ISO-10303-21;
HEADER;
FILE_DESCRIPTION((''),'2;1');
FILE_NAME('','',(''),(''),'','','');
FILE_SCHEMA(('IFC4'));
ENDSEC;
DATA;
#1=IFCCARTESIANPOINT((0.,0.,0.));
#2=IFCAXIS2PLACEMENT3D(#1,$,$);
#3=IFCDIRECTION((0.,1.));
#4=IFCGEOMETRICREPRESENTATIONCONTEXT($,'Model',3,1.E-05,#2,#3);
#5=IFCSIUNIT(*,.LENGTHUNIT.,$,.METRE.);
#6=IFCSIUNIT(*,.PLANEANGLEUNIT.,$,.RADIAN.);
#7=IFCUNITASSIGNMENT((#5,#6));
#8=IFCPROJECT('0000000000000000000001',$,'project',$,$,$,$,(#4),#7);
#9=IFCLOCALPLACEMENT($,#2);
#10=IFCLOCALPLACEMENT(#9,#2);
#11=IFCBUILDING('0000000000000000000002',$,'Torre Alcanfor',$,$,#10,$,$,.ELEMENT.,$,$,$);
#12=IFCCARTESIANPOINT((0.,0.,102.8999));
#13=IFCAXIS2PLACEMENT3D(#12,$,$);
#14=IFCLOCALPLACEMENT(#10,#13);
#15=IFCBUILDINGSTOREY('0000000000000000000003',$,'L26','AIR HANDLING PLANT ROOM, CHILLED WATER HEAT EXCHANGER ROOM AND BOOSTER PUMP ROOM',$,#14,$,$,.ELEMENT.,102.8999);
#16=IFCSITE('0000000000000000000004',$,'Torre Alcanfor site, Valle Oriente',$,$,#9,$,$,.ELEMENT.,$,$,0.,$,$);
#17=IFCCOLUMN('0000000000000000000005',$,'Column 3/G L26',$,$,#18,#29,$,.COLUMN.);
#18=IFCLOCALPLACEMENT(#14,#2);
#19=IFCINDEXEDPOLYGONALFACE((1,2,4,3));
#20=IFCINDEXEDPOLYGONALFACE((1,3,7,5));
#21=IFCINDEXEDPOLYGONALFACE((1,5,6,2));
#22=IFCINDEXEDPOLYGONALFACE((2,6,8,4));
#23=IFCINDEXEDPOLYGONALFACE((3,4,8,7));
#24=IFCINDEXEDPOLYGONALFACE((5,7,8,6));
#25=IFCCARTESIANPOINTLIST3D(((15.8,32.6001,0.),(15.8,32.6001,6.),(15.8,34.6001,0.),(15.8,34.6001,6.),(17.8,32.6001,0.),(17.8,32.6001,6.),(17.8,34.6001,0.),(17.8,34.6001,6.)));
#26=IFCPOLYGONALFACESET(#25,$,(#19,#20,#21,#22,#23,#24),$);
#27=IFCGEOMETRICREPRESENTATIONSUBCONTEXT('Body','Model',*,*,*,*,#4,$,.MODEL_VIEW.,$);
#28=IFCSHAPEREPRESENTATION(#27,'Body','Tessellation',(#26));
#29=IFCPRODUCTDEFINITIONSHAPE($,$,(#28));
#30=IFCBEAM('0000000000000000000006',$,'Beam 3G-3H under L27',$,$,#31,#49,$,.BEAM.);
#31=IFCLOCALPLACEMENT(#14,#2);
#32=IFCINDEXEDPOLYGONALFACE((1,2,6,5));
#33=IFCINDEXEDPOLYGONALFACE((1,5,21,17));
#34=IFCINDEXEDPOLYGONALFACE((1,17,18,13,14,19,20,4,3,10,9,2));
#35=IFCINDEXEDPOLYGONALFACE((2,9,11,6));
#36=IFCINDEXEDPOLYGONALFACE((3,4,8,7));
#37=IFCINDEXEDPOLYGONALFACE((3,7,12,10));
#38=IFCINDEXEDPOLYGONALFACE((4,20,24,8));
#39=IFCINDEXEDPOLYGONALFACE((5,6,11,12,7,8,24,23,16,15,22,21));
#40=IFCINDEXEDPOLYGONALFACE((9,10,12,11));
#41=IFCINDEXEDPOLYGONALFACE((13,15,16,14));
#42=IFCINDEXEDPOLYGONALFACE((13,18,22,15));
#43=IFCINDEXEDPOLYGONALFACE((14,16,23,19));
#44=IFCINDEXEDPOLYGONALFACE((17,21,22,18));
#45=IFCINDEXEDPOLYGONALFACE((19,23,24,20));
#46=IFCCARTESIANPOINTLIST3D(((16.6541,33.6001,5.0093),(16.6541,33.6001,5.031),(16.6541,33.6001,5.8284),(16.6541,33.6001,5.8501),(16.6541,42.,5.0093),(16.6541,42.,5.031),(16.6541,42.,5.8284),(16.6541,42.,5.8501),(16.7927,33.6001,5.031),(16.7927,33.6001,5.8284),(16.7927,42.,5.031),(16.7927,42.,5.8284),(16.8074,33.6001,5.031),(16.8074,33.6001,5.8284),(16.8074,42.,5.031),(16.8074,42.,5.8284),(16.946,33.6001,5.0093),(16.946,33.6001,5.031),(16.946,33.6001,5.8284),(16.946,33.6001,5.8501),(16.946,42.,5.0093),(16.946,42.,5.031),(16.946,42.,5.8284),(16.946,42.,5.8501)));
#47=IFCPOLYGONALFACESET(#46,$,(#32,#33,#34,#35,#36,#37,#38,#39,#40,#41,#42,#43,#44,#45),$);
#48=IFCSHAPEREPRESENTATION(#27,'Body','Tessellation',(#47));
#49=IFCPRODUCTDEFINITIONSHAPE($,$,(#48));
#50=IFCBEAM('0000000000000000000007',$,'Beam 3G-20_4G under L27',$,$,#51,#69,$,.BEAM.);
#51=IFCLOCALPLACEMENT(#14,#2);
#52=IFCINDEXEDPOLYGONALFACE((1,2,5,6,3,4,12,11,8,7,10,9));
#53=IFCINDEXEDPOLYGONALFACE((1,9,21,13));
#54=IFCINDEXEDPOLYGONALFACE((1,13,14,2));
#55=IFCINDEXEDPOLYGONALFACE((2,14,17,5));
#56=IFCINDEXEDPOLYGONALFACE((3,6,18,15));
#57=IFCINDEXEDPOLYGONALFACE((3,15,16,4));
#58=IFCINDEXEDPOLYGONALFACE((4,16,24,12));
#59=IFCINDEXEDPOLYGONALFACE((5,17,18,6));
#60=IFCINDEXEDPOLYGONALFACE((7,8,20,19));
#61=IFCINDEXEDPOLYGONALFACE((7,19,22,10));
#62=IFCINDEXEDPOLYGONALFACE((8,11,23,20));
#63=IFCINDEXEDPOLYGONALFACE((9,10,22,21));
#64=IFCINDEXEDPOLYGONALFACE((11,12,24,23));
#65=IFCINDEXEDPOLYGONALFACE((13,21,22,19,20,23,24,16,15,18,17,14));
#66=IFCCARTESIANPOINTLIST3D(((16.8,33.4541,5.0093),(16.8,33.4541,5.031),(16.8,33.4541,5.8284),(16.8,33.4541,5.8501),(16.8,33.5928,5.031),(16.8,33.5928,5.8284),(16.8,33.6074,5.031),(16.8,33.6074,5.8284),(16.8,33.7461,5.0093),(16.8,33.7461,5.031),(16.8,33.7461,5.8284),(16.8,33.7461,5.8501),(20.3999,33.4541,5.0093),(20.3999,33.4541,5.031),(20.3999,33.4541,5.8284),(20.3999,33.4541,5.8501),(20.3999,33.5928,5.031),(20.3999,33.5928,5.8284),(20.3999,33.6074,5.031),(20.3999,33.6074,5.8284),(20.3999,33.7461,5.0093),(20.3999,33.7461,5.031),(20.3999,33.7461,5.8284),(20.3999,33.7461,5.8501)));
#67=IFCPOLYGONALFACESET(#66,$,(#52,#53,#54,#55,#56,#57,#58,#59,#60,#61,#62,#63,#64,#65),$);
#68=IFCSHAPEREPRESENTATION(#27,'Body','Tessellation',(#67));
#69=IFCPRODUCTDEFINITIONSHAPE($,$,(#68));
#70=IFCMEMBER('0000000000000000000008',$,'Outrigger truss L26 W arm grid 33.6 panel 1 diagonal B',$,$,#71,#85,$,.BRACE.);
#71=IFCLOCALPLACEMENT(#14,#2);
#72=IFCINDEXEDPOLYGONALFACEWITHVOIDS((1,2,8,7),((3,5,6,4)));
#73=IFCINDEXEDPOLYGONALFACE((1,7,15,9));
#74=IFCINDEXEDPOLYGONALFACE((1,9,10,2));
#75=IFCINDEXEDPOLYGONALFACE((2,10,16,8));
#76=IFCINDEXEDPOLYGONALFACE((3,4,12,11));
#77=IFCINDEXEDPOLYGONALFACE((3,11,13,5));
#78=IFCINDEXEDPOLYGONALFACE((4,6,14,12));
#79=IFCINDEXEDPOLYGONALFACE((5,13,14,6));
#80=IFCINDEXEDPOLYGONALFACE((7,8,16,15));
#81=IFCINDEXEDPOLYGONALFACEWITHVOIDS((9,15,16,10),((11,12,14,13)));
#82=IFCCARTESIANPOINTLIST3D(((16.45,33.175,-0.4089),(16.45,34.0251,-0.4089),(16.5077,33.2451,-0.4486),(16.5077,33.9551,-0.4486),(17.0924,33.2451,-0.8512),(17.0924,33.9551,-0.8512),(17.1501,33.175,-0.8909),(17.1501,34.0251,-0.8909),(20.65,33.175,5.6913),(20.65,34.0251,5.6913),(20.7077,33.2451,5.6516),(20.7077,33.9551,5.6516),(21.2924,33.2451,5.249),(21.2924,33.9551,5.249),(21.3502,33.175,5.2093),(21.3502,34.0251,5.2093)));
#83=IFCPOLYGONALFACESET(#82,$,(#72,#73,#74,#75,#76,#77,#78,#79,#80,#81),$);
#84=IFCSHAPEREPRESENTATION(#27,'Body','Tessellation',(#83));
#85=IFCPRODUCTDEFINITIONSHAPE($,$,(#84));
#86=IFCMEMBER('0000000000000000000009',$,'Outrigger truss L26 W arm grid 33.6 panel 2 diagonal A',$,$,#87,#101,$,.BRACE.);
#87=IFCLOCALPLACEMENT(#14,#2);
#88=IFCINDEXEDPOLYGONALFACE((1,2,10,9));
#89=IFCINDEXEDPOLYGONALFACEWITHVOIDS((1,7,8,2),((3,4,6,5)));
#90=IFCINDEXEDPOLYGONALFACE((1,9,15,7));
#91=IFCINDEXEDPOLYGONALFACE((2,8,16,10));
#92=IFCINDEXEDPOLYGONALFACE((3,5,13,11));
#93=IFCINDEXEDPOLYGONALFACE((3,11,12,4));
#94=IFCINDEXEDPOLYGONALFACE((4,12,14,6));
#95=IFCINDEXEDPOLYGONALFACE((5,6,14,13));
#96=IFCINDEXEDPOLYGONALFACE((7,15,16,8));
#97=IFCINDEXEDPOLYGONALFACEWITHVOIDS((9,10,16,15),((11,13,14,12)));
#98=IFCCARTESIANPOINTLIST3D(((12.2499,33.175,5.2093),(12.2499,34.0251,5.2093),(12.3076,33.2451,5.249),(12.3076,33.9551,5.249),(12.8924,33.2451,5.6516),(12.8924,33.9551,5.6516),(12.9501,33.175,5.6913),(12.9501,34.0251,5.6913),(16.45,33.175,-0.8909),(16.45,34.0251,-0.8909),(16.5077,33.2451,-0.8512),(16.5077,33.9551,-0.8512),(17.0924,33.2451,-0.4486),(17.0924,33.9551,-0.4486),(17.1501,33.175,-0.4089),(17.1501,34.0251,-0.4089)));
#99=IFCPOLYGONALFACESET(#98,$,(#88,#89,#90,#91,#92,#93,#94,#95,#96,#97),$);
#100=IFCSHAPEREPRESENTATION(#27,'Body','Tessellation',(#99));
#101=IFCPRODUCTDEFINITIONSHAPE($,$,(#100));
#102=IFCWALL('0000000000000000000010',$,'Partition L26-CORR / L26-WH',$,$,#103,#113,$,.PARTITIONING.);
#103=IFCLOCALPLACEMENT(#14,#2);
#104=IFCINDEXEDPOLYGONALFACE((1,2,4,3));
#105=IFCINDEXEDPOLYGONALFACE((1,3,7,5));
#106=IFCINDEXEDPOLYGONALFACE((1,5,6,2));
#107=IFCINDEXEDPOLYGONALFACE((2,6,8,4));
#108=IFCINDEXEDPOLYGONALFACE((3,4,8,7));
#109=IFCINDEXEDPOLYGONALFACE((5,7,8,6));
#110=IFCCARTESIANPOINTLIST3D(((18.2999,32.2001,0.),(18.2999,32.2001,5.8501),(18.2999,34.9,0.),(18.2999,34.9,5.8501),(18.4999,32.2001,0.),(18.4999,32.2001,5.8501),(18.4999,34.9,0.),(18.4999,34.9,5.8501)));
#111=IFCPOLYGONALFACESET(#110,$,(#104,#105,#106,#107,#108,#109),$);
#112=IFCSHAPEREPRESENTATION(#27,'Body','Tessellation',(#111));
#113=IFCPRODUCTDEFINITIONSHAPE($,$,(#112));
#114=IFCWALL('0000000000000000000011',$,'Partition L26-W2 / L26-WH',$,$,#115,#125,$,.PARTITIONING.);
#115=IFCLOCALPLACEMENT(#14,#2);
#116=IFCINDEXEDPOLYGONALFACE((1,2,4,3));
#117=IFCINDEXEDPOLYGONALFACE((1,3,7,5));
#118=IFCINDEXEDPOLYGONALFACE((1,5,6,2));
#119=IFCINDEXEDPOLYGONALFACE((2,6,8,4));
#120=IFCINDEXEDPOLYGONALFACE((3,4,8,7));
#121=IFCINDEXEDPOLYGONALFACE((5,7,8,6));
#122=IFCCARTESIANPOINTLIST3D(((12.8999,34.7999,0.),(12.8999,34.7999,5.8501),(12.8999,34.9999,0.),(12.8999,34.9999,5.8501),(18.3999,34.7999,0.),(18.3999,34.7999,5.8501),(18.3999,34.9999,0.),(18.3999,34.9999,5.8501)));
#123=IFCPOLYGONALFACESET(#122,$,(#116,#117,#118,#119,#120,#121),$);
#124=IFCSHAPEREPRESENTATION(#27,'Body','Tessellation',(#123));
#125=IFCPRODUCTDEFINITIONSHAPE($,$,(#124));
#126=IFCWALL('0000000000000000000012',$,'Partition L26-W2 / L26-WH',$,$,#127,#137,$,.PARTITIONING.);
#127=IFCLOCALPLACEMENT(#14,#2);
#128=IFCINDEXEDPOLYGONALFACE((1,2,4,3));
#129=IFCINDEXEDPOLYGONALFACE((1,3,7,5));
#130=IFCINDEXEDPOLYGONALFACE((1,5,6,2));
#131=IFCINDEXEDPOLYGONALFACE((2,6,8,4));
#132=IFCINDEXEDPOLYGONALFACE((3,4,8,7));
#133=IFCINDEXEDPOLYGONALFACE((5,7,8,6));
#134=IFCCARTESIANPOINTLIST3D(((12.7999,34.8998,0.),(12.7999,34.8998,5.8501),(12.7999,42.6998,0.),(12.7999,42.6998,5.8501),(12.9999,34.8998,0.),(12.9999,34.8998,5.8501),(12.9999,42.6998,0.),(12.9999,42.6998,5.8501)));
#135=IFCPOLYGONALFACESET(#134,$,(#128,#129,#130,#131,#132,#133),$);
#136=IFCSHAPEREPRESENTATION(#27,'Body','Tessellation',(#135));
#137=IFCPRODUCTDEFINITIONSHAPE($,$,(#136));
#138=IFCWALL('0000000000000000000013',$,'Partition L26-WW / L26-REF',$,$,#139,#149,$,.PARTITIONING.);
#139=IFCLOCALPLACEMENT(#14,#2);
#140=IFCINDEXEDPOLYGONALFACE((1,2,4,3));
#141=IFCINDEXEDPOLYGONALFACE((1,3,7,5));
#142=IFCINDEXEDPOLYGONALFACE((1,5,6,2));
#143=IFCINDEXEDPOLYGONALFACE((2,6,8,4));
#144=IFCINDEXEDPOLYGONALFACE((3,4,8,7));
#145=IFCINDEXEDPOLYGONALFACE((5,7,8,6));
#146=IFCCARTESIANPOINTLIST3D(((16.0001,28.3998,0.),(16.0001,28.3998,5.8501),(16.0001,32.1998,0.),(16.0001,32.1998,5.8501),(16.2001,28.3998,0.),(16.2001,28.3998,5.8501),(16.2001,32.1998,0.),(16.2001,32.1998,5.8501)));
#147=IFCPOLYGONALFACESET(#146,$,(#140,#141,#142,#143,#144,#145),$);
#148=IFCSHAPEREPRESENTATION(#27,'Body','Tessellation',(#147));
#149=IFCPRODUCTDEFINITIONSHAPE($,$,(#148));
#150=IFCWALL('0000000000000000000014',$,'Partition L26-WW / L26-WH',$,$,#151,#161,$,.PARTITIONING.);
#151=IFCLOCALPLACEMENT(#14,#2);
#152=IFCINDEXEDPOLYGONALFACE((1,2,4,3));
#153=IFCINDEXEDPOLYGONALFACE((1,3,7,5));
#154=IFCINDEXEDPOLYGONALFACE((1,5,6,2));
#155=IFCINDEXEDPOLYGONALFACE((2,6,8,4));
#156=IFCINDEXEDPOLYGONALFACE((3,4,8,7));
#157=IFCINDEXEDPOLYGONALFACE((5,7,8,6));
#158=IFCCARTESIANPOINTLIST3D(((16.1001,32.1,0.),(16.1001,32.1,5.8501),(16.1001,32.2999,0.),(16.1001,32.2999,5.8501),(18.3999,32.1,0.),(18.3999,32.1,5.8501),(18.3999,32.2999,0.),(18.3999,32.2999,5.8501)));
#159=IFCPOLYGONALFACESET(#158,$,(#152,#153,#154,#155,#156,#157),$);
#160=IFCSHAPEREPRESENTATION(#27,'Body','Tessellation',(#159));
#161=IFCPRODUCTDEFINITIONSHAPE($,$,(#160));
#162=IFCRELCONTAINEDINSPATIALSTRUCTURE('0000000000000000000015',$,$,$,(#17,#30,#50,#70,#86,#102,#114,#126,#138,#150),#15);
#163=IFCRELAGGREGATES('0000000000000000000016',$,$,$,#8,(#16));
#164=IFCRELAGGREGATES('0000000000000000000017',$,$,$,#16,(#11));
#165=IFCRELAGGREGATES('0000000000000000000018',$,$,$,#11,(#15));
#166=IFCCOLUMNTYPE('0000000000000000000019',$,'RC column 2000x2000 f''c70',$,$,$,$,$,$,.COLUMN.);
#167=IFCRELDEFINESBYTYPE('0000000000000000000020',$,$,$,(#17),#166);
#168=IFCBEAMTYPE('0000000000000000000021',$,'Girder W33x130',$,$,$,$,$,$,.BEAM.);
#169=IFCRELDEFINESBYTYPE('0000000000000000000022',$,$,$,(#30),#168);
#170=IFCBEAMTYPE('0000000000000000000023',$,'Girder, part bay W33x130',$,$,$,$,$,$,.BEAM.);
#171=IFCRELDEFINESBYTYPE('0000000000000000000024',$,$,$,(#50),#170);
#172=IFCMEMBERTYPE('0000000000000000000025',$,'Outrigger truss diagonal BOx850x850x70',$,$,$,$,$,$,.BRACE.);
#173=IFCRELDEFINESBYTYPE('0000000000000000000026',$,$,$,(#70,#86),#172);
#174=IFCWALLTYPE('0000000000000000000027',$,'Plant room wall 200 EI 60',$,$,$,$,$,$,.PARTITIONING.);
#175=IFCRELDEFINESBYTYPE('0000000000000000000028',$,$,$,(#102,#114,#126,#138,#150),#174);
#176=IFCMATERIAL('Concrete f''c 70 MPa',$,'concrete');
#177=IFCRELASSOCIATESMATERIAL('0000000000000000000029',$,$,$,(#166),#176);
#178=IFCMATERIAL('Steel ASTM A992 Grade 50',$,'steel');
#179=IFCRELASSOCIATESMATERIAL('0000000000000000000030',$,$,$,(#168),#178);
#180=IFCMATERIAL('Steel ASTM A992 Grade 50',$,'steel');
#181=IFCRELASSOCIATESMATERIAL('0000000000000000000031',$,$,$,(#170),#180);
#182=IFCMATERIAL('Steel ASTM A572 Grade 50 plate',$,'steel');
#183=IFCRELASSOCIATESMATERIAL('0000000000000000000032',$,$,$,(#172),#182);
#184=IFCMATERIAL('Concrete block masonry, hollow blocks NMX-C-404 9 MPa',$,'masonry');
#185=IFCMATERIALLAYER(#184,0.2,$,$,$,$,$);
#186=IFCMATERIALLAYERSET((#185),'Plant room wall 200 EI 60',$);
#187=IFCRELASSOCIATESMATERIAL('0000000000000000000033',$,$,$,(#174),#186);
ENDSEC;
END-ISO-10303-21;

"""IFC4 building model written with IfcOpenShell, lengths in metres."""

from ifc_helpers import new_model, si_unit, direction, frame, frame_2d, origin, origin_2d, place, context, subcontext, project, spatial, rectangle, hollow_rectangle, i_section, extrude, material, layer, layer_set, material_profile, profile_set, type_object, element, save


model = new_model("IFC4")

# Units and contexts
model_context = context("Model", 3, precision=1e-05, world=origin(), true_north=direction((0.0, 1.0)))
body_context = subcontext(model_context, "Body", "Model", "MODEL_VIEW")
ifc_project = project(units=[si_unit("LENGTHUNIT", "METRE"), si_unit("PLANEANGLEUNIT", "RADIAN")], contexts=[model_context])

# Site, building, storey
site_placement = place(None, origin())
site = spatial("IfcSite", under=ifc_project, at=site_placement, Name="Torre Alcanfor site, Valle Oriente", CompositionType="ELEMENT", RefElevation=0.0)
building_placement = place(site_placement, origin())
building = spatial("IfcBuilding", under=site, at=building_placement, Name="Torre Alcanfor", CompositionType="ELEMENT")
storey_placement = place(building_placement, frame((0.0, 0.0, 102.8999)))
storey = spatial("IfcBuildingStorey", under=building, at=storey_placement, Name="L26", Description="AIR HANDLING PLANT ROOM, CHILLED WATER HEAT EXCHANGER ROOM AND BOOSTER PUMP ROOM", CompositionType="ELEMENT", Elevation=102.8999)

# Column
ifc_material_1 = material(Name="Concrete f'c 70 MPa", Category="concrete")
ifc_material_profile_1 = material_profile(ifc_material_1, rectangle(XDim=2.0, YDim=2.0, at=origin_2d()), Name="2000x2000")
ifc_profile_set_1 = profile_set([ifc_material_profile_1], Name="Concrete f'c 70 MPa")
column_type = type_object("IfcColumnType", Name="RC column 2000x2000 f'c70", PredefinedType="COLUMN", material=ifc_profile_set_1)
column_placement = place(storey_placement, frame((16.8, 33.6001, 0.0), z_axis=(0.0, 0.0, 1.0), x_axis=(1.0, 0.0, 0.0)))
element("IfcColumn", 1, at=column_placement, inside=storey, type_object=column_type, Name="Column 3/G L26", PredefinedType="COLUMN", context=body_context, shape_type="SweptSolid", body=[
    extrude(rectangle(XDim=2.0, YDim=2.0, at=origin_2d()), origin(), (0.0, 0.0, 1.0), 6.0),
])

# Beams
ifc_material_2 = material(Name="Steel ASTM A992 Grade 50", Category="steel")
ifc_material_profile_2 = material_profile(ifc_material_2, i_section(OverallWidth=0.292, OverallDepth=0.8408, WebThickness=0.0146, FlangeThickness=0.0217, at=origin_2d()), Name="W33x130")
ifc_profile_set_2 = profile_set([ifc_material_profile_2], Name="Steel ASTM A992 Grade 50")
beam_type_1 = type_object("IfcBeamType", Name="Girder W33x130", PredefinedType="BEAM", material=ifc_profile_set_2)
beam_1_placement = place(storey_placement, frame((16.8, 33.6001, 5.4297), z_axis=(0.0, 1.0, 0.0), x_axis=(-1.0, 0.0, 0.0)))
element("IfcBeam", 2, at=beam_1_placement, inside=storey, type_object=beam_type_1, Name="Beam 3G-3H under L27", PredefinedType="BEAM", context=body_context, shape_type="SweptSolid", body=[
    extrude(i_section(OverallWidth=0.292, OverallDepth=0.8408, WebThickness=0.0146, FlangeThickness=0.0217, at=origin_2d()), origin(), (0.0, 0.0, 1.0), 8.3999),
])
ifc_material_3 = material(Name="Steel ASTM A992 Grade 50", Category="steel")
ifc_material_profile_3 = material_profile(ifc_material_3, i_section(OverallWidth=0.292, OverallDepth=0.8408, WebThickness=0.0146, FlangeThickness=0.0217, at=origin_2d()), Name="W33x130")
ifc_profile_set_3 = profile_set([ifc_material_profile_3], Name="Steel ASTM A992 Grade 50")
beam_type_2 = type_object("IfcBeamType", Name="Girder, part bay W33x130", PredefinedType="BEAM", material=ifc_profile_set_3)
beam_2_placement = place(storey_placement, frame((16.8, 33.6001, 5.4297), z_axis=(1.0, 0.0, 0.0), x_axis=(0.0, 1.0, 0.0)))
element("IfcBeam", 3, at=beam_2_placement, inside=storey, type_object=beam_type_2, Name="Beam 3G-20_4G under L27", PredefinedType="BEAM", context=body_context, shape_type="SweptSolid", body=[
    extrude(i_section(OverallWidth=0.292, OverallDepth=0.8408, WebThickness=0.0146, FlangeThickness=0.0217, at=origin_2d()), origin(), (0.0, 0.0, 1.0), 3.5999),
])

# Members
ifc_material_4 = material(Name="Steel ASTM A572 Grade 50 plate", Category="steel")
ifc_material_profile_4 = material_profile(ifc_material_4, hollow_rectangle(XDim=0.8501, YDim=0.8501, WallThickness=0.0701, at=origin_2d()), Name="BOX 850x850x70")
ifc_profile_set_4 = profile_set([ifc_material_profile_4], Name="Steel ASTM A572 Grade 50 plate")
member_type = type_object("IfcMemberType", Name="Outrigger truss diagonal BOx850x850x70", PredefinedType="BRACE", material=ifc_profile_set_4)
for number, where, z_axis, x_axis, name in (
    (4, (16.8, 33.6001, -0.6499), (0.567091, 0.0, 0.823655), (0.0, 1.0, 0.0), "Outrigger truss L26 W arm grid 33.6 panel 1 diagonal B"),
    (5, (16.8, 33.6001, -0.6499), (-0.567091, 0.0, 0.823655), (0.0, -1.0, 0.0), "Outrigger truss L26 W arm grid 33.6 panel 2 diagonal A"),
):
    element("IfcMember", number, at=place(storey_placement, frame(where, z_axis=z_axis, x_axis=x_axis)), inside=storey, type_object=member_type, Name=name, PredefinedType="BRACE", context=body_context, shape_type="SweptSolid", body=[
        extrude(hollow_rectangle(XDim=0.8501, YDim=0.8501, WallThickness=0.0701, at=origin_2d()), origin(), (0.0, 0.0, 1.0), 7.4062),
    ])

# Shared definitions
ifc_material_5 = material(Name="Concrete block masonry, hollow blocks NMX-C-404 9 MPa", Category="masonry")
ifc_layer_1 = layer(ifc_material_5, 0.2)
ifc_layer_set_1 = layer_set([ifc_layer_1], Name="Plant room wall 200 EI 60")
wall_type_1 = type_object("IfcWallType", Name="Plant room wall 200 EI 60", PredefinedType="PARTITIONING", material=ifc_layer_set_1)

# Walls
wall_1_placement = place(storey_placement, frame((18.3999, 32.2, 0.0), z_axis=(0.0, 0.0, 1.0), x_axis=(0.0, 1.0, 0.0)))
element("IfcWall", 6, at=wall_1_placement, inside=storey, type_object=wall_type_1, Name="Partition L26-CORR / L26-WH", PredefinedType="PARTITIONING", context=body_context, shape_type="SweptSolid", body=[
    extrude(rectangle(XDim=2.7, YDim=0.2, at=frame_2d((1.3501, 0.0))), origin(), (0.0, 0.0, 1.0), 5.8501),
])
wall_2_placement = place(storey_placement, frame((18.3999, 34.8999, 0.0), z_axis=(0.0, 0.0, 1.0), x_axis=(-1.0, 0.0, 0.0)))
element("IfcWall", 7, at=wall_2_placement, inside=storey, type_object=wall_type_1, Name="Partition L26-W2 / L26-WH", PredefinedType="PARTITIONING", context=body_context, shape_type="SweptSolid", body=[
    extrude(rectangle(XDim=5.5, YDim=0.2, at=frame_2d((2.75, 0.0))), origin(), (0.0, 0.0, 1.0), 5.8501),
])
wall_3_placement = place(storey_placement, frame((12.8999, 34.8999, 0.0), z_axis=(0.0, 0.0, 1.0), x_axis=(0.0, 1.0, 0.0)))
element("IfcWall", 8, at=wall_3_placement, inside=storey, type_object=wall_type_1, Name="Partition L26-W2 / L26-WH", PredefinedType="PARTITIONING", context=body_context, shape_type="SweptSolid", body=[
    extrude(rectangle(XDim=7.8, YDim=0.2, at=frame_2d((3.8999, 0.0))), origin(), (0.0, 0.0, 1.0), 5.8501),
])
wall_4_placement = place(storey_placement, frame((16.1001, 28.3999, 0.0), z_axis=(0.0, 0.0, 1.0), x_axis=(0.0, 1.0, 0.0)))
element("IfcWall", 9, at=wall_4_placement, inside=storey, type_object=wall_type_1, Name="Partition L26-WW / L26-REF", PredefinedType="PARTITIONING", context=body_context, shape_type="SweptSolid", body=[
    extrude(rectangle(XDim=3.8, YDim=0.2, at=frame_2d((1.8999, 0.0))), origin(), (0.0, 0.0, 1.0), 5.8501),
])
wall_5_placement = place(storey_placement, frame((16.1001, 32.2, 0.0), z_axis=(0.0, 0.0, 1.0), x_axis=(1.0, 0.0, 0.0)))
element("IfcWall", 10, at=wall_5_placement, inside=storey, type_object=wall_type_1, Name="Partition L26-WW / L26-WH", PredefinedType="PARTITIONING", context=body_context, shape_type="SweptSolid", body=[
    extrude(rectangle(XDim=2.2998, YDim=0.2, at=frame_2d((1.1499, 0.0))), origin(), (0.0, 0.0, 1.0), 5.8501),
])

save(model, "model.ifc")
